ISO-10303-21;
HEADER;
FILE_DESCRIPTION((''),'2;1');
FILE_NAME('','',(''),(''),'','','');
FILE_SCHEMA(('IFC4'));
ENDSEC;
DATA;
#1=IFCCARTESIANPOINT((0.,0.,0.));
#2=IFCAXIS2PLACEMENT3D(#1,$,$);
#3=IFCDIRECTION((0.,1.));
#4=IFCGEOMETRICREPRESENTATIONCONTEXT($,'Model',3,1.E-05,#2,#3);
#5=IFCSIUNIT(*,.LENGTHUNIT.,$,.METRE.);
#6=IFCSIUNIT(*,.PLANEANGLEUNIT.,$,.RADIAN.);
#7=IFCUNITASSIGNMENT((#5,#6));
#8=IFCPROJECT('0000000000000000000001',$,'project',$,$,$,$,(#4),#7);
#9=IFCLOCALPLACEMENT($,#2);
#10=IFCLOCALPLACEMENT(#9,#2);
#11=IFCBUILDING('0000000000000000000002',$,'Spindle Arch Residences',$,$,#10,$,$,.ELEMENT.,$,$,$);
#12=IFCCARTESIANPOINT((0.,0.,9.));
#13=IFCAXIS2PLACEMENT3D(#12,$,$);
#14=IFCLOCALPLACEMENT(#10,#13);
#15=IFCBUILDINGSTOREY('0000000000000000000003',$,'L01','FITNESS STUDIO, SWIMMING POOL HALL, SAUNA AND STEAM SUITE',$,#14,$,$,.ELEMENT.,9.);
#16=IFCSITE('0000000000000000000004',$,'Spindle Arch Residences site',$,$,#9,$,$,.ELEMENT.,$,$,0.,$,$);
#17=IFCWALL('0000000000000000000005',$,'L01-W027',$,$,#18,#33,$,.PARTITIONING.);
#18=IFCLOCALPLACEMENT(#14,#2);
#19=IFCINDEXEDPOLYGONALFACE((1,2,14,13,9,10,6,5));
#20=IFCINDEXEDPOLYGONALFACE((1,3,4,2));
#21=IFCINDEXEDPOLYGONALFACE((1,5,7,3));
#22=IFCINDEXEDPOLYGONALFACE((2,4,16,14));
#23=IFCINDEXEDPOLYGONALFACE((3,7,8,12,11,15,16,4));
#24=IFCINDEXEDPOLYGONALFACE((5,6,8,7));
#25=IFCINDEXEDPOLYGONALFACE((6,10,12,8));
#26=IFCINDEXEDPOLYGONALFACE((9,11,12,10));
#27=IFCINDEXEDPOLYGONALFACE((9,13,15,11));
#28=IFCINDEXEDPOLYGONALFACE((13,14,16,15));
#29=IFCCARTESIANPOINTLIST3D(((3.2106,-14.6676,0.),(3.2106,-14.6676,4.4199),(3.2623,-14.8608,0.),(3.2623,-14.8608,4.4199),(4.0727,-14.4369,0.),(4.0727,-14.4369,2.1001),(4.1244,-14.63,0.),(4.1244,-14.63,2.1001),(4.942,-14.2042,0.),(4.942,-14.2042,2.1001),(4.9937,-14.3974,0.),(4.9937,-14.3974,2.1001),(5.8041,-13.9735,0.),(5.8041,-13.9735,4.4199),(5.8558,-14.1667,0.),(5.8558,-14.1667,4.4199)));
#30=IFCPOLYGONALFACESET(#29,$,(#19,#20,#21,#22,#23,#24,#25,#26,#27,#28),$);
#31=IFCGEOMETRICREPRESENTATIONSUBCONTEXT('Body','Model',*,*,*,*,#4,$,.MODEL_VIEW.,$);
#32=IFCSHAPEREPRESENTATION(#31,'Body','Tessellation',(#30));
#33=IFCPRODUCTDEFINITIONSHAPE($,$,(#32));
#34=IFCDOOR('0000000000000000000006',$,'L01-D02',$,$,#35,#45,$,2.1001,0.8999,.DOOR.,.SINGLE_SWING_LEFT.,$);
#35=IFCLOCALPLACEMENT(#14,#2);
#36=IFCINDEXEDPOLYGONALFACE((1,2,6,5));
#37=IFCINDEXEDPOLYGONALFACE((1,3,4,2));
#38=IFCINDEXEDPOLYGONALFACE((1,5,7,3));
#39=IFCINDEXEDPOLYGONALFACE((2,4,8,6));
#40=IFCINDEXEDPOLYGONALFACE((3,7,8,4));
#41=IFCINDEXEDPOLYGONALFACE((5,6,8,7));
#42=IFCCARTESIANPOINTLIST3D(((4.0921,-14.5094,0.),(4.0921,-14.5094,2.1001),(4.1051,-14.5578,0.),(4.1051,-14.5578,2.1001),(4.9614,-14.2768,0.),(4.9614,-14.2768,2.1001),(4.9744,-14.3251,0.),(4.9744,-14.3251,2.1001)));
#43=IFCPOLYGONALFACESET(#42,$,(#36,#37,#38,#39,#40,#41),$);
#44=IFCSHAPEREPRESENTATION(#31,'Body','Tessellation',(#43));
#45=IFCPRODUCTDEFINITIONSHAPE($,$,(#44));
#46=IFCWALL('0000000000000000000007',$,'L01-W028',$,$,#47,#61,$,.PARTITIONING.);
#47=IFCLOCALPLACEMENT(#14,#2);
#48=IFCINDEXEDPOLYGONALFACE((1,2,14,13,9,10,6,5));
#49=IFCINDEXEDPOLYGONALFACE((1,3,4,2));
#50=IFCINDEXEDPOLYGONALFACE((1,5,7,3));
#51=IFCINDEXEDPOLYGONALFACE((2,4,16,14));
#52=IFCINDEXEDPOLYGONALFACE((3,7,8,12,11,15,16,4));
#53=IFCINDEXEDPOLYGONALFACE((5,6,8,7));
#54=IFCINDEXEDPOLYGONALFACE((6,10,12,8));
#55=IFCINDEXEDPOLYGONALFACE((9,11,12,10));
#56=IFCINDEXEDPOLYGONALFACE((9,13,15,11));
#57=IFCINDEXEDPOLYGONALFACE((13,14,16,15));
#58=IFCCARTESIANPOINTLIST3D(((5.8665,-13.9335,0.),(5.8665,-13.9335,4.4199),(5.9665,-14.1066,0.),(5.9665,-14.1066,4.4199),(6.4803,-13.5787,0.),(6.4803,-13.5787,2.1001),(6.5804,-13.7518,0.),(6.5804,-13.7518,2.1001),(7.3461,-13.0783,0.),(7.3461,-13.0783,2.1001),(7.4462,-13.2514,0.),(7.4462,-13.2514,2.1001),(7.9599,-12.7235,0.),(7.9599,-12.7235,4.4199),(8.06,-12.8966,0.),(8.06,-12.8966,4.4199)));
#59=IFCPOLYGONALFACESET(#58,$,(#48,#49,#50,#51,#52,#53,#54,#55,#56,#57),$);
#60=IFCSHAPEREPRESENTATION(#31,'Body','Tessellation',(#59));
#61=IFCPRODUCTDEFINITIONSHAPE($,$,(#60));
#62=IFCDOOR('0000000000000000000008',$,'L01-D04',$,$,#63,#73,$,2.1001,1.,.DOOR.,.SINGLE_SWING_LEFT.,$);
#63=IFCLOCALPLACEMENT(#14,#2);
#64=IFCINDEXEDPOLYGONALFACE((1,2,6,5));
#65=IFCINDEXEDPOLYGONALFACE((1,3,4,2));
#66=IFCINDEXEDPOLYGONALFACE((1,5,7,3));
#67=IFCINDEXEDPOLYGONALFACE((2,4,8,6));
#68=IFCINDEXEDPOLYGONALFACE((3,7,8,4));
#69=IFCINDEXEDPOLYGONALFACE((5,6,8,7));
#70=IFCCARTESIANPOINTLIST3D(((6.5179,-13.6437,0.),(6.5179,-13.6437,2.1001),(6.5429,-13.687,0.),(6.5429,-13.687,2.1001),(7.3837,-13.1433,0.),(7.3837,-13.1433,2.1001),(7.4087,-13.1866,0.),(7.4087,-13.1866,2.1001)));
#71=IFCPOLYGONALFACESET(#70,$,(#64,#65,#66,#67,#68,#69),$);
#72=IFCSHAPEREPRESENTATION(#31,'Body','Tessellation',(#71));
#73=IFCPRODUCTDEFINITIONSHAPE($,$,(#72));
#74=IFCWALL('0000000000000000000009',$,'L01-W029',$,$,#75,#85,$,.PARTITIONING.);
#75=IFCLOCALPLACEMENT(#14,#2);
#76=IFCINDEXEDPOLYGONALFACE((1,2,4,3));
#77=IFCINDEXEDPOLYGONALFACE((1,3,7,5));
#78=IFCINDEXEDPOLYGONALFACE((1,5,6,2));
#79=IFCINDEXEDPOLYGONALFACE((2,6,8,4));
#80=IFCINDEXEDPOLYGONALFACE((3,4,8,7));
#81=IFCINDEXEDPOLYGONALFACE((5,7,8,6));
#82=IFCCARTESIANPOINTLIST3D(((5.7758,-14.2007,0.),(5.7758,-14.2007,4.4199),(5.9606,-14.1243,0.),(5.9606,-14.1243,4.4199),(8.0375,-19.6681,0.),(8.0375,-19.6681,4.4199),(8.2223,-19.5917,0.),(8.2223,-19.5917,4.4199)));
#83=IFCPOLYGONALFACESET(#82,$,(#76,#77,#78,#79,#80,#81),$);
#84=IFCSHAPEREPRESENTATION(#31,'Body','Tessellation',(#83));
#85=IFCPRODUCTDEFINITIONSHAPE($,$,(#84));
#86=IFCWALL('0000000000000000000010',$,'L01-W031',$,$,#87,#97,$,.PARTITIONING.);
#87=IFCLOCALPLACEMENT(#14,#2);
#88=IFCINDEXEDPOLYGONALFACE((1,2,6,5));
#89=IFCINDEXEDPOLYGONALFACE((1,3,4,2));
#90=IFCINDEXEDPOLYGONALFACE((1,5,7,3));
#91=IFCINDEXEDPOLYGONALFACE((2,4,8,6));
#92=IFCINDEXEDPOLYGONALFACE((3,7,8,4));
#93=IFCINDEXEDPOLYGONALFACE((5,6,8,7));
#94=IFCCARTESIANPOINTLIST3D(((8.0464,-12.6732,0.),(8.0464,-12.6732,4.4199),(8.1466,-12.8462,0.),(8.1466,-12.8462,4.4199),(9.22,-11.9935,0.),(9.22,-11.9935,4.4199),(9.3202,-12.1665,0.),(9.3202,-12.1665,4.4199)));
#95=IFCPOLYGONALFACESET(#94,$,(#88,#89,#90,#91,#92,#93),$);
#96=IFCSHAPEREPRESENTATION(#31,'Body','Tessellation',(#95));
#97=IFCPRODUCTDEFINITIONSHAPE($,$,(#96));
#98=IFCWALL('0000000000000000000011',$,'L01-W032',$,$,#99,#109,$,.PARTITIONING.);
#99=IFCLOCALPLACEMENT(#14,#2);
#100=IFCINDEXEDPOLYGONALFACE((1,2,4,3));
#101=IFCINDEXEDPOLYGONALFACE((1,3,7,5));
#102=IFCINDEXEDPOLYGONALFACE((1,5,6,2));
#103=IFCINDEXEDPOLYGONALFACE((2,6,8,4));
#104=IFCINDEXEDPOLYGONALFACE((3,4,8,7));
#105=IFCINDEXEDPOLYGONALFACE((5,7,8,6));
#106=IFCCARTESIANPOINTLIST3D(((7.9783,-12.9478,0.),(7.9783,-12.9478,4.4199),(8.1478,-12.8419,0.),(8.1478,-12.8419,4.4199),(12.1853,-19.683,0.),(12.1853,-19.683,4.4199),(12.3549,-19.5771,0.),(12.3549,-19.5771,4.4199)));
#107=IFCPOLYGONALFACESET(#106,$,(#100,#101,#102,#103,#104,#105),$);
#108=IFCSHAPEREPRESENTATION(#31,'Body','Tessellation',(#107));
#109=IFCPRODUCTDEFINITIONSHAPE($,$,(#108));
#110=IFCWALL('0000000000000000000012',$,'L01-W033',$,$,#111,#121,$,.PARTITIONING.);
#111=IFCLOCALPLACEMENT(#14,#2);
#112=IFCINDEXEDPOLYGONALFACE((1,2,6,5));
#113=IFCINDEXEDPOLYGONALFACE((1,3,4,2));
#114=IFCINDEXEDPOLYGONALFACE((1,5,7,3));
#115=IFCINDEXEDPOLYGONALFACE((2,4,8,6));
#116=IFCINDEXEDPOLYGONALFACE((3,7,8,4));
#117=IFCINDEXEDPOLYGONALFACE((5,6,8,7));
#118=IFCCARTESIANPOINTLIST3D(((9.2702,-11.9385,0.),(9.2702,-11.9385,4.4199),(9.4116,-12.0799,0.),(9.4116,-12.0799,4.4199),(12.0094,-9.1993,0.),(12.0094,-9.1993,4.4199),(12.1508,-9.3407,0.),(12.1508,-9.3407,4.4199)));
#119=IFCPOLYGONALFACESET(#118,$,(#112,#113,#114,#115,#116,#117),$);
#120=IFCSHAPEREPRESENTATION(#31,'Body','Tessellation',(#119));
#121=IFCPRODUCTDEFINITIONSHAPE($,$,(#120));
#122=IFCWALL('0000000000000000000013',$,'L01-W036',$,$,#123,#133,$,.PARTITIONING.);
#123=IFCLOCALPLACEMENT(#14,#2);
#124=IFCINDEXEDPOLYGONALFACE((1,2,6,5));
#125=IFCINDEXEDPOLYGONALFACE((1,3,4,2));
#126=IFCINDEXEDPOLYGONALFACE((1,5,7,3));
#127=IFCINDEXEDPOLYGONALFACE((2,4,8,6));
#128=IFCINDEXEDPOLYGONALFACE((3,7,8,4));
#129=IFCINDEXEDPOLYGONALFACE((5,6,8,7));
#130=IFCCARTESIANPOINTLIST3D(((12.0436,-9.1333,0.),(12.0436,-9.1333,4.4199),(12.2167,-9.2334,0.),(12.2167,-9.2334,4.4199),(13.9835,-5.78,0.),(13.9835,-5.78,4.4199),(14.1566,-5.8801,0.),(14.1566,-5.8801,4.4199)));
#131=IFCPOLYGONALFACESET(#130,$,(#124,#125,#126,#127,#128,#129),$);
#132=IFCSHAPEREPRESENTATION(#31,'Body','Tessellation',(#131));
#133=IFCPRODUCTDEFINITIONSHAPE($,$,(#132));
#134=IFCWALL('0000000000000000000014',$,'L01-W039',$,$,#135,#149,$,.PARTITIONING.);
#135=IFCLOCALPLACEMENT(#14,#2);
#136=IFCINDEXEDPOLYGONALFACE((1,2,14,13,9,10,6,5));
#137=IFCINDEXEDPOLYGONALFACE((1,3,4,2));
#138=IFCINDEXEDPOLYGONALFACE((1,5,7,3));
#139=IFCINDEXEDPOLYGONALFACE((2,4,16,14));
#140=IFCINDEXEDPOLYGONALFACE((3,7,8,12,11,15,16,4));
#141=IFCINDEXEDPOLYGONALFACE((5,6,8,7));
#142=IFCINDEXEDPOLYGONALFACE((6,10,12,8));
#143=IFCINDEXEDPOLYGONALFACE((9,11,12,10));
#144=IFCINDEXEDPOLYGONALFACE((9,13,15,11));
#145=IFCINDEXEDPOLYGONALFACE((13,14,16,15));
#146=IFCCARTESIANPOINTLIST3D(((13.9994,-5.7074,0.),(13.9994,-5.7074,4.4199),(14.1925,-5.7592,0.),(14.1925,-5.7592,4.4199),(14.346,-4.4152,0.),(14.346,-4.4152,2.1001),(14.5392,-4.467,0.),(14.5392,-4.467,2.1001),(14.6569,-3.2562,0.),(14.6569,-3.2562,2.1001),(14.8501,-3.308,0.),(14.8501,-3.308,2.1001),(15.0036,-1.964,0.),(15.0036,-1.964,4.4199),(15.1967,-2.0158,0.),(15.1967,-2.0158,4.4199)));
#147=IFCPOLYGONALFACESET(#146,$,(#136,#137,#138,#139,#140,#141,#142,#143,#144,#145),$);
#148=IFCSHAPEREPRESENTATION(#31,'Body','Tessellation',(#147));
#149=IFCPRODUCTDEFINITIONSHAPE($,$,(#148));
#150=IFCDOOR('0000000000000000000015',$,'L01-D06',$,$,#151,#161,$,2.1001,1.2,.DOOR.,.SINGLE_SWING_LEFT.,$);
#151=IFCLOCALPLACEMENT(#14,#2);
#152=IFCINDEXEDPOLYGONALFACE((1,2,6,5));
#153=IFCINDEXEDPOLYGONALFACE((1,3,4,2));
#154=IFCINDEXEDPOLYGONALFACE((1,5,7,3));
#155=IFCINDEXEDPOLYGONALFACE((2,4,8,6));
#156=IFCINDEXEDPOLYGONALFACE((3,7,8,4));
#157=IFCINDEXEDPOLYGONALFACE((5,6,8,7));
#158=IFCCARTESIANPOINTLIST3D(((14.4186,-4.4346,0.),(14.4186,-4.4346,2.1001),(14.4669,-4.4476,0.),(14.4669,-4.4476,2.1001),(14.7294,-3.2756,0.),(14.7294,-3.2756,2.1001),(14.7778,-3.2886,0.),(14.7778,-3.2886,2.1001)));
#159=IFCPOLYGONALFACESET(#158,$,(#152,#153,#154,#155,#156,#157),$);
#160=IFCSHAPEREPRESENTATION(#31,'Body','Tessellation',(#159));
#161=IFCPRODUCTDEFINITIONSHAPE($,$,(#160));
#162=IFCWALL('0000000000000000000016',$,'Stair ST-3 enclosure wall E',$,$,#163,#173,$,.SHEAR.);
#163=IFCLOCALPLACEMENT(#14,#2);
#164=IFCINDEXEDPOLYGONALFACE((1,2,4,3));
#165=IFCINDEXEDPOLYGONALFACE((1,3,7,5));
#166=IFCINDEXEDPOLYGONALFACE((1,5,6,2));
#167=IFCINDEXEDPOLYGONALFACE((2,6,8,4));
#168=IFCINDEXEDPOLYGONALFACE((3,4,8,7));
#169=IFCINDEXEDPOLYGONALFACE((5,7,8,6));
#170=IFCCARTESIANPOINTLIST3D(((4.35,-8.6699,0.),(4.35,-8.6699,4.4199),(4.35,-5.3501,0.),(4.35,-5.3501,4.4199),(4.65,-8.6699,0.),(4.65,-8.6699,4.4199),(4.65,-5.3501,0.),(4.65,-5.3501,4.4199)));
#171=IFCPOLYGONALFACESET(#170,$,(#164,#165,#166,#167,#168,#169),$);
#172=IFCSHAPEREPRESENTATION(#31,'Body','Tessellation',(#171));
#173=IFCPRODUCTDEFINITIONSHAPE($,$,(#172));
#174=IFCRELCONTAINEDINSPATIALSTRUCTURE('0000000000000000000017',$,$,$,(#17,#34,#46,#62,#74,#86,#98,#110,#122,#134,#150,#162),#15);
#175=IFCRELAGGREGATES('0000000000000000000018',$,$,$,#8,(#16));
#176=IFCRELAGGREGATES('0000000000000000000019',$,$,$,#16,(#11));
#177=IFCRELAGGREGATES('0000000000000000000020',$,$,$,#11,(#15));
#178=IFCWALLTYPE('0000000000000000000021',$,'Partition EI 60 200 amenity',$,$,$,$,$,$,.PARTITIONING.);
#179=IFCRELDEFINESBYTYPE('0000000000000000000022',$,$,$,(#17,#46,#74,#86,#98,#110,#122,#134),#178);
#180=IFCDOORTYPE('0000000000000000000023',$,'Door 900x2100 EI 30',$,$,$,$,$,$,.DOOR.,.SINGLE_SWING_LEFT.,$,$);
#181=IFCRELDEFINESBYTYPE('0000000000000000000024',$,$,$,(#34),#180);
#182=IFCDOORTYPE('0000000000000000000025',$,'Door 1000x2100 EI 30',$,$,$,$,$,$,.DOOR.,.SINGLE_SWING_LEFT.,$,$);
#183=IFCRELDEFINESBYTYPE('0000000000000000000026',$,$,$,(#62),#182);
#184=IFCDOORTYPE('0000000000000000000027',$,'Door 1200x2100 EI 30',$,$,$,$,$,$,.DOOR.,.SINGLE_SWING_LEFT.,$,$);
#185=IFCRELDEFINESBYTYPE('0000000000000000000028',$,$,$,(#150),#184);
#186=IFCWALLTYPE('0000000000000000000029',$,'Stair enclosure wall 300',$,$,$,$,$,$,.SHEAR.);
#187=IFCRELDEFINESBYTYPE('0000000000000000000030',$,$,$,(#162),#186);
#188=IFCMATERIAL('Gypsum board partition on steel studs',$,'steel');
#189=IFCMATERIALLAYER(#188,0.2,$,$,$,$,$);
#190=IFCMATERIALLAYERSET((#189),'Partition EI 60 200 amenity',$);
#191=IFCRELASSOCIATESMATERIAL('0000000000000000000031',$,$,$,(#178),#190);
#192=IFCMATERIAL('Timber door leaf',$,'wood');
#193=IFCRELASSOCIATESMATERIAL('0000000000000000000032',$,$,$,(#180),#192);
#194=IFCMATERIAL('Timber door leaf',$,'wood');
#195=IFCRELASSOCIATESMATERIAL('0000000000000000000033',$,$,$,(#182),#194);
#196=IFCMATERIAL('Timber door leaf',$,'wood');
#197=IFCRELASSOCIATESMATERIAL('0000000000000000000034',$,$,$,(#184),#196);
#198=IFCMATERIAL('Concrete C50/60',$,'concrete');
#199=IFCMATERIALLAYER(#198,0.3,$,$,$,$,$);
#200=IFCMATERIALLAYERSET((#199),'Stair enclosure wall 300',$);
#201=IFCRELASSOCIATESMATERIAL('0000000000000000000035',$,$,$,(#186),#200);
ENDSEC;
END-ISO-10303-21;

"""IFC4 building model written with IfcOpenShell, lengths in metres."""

from ifc_helpers import new_model, si_unit, direction, frame, frame_2d, origin, place, context, subcontext, project, spatial, rectangle, extrude, material, layer, layer_set, type_object, element, fill, save


model = new_model("IFC4")

# Units and contexts
model_context = context("Model", 3, precision=1e-05, world=origin(), true_north=direction((0.0, 1.0)))
body_context = subcontext(model_context, "Body", "Model", "MODEL_VIEW")
ifc_project = project(units=[si_unit("LENGTHUNIT", "METRE"), si_unit("PLANEANGLEUNIT", "RADIAN")], contexts=[model_context])

# Site, building, storey
site_placement = place(None, origin())
site = spatial("IfcSite", under=ifc_project, at=site_placement, Name="Spindle Arch Residences site", CompositionType="ELEMENT", RefElevation=0.0)
building_placement = place(site_placement, origin())
building = spatial("IfcBuilding", under=site, at=building_placement, Name="Spindle Arch Residences", CompositionType="ELEMENT")
storey_placement = place(building_placement, frame((0.0, 0.0, 9.0)))
storey = spatial("IfcBuildingStorey", under=building, at=storey_placement, Name="L01", Description="FITNESS STUDIO, SWIMMING POOL HALL, SAUNA AND STEAM SUITE", CompositionType="ELEMENT", Elevation=9.0)

# Walls, openings, doors
ifc_material_1 = material(Name="Gypsum board partition on steel studs", Category="steel")
ifc_layer_1 = layer(ifc_material_1, 0.2)
ifc_layer_set_1 = layer_set([ifc_layer_1], Name="Partition EI 60 200 amenity")
wall_type_1 = type_object("IfcWallType", Name="Partition EI 60 200 amenity", PredefinedType="PARTITIONING", material=ifc_layer_set_1)
wall_1_placement = place(storey_placement, frame((3.2366, -14.7642, 0.0), z_axis=(0.0, 0.0, 1.0), x_axis=(0.966004, 0.258529, 0.0)))
wall_1 = element("IfcWall", 1, at=wall_1_placement, inside=storey, type_object=wall_type_1, Name="L01-W027", PredefinedType="PARTITIONING", context=body_context, shape_type="SweptSolid", body=[
    extrude(rectangle(XDim=2.6848, YDim=0.2, at=frame_2d((1.3423, 0.0))), origin(), (0.0, 0.0, 1.0), 4.4199),
])
opening_1_placement = place(wall_1_placement, frame((0.8923, 0.0, 0.0)))
opening_1 = element("IfcOpeningElement", 2, at=opening_1_placement, cuts=wall_1, PredefinedType="OPENING", context=body_context, shape_type="SweptSolid", body=[
    extrude(rectangle(XDim=0.8999, YDim=2.1001, at=frame_2d((0.45, 1.05))), frame((0.0, 0.1099, 0.0), z_axis=(0.0, -1.0, 0.0), x_axis=(1.0, 0.0, 0.0)), (0.0, 0.0, 1.0), 0.22),
])
ifc_material_2 = material(Name="Timber door leaf", Category="wood")
door_type_1 = type_object("IfcDoorType", Name="Door 900x2100 EI 30", OperationType="SINGLE_SWING_LEFT", PredefinedType="DOOR", material=ifc_material_2)
door_1_placement = place(opening_1_placement, origin())
door_1 = element("IfcDoor", 3, at=door_1_placement, inside=storey, type_object=door_type_1, Name="L01-D02", OperationType="SINGLE_SWING_LEFT", OverallHeight=2.1001, OverallWidth=0.8999, PredefinedType="DOOR", context=body_context, shape_type="SweptSolid", body=[
    extrude(rectangle(XDim=0.8999, YDim=2.1001, at=frame_2d((0.45, 1.05))), frame((0.0, 0.0249, 0.0), z_axis=(0.0, -1.0, 0.0), x_axis=(1.0, 0.0, 0.0)), (0.0, 0.0, 1.0), 0.05),
])
fill(opening_1, door_1)
wall_2_placement = place(storey_placement, frame((5.9165, -14.02, 0.0), z_axis=(0.0, 0.0, 1.0), x_axis=(0.865797, 0.500395, 0.0)))
wall_2 = element("IfcWall", 4, at=wall_2_placement, inside=storey, type_object=wall_type_1, Name="L01-W028", PredefinedType="PARTITIONING", context=body_context, shape_type="SweptSolid", body=[
    extrude(rectangle(XDim=2.418, YDim=0.2, at=frame_2d((1.209, 0.0))), origin(), (0.0, 0.0, 1.0), 4.4199),
])
opening_2_placement = place(wall_2_placement, frame((0.709, 0.0, 0.0)))
opening_2 = element("IfcOpeningElement", 5, at=opening_2_placement, cuts=wall_2, PredefinedType="OPENING", context=body_context, shape_type="SweptSolid", body=[
    extrude(rectangle(XDim=1.0, YDim=2.1001, at=frame_2d((0.5, 1.05))), frame((0.0, 0.1099, 0.0), z_axis=(0.0, -1.0, 0.0), x_axis=(1.0, 0.0, 0.0)), (0.0, 0.0, 1.0), 0.22),
])
ifc_material_3 = material(Name="Timber door leaf", Category="wood")
door_type_2 = type_object("IfcDoorType", Name="Door 1000x2100 EI 30", OperationType="SINGLE_SWING_LEFT", PredefinedType="DOOR", material=ifc_material_3)
door_2_placement = place(opening_2_placement, origin())
door_2 = element("IfcDoor", 6, at=door_2_placement, inside=storey, type_object=door_type_2, Name="L01-D04", OperationType="SINGLE_SWING_LEFT", OverallHeight=2.1001, OverallWidth=1.0, PredefinedType="DOOR", context=body_context, shape_type="SweptSolid", body=[
    extrude(rectangle(XDim=1.0, YDim=2.1001, at=frame_2d((0.5, 1.05))), frame((0.0, 0.0249, 0.0), z_axis=(0.0, -1.0, 0.0), x_axis=(1.0, 0.0, 0.0)), (0.0, 0.0, 1.0), 0.05),
])
fill(opening_2, door_2)

# Walls
wall_3_placement = place(storey_placement, frame((5.8682, -14.1624, 0.0), z_axis=(0.0, 0.0, 1.0), x_axis=(0.38225, -0.924059, 0.0)))
element("IfcWall", 7, at=wall_3_placement, inside=storey, type_object=wall_type_1, Name="L01-W029", PredefinedType="PARTITIONING", context=body_context, shape_type="SweptSolid", body=[
    extrude(rectangle(XDim=5.9167, YDim=0.2, at=frame_2d((2.9585, 0.0))), origin(), (0.0, 0.0, 1.0), 4.4199),
])
wall_4_placement = place(storey_placement, frame((8.0964, -12.7598, 0.0), z_axis=(0.0, 0.0, 1.0), x_axis=(0.865348, 0.501171, 0.0)))
element("IfcWall", 8, at=wall_4_placement, inside=storey, type_object=wall_type_1, Name="L01-W031", PredefinedType="PARTITIONING", context=body_context, shape_type="SweptSolid", body=[
    extrude(rectangle(XDim=1.3562, YDim=0.2, at=frame_2d((0.6782, 0.0))), origin(), (0.0, 0.0, 1.0), 4.4199),
])
wall_5_placement = place(storey_placement, frame((8.063, -12.8948, 0.0), z_axis=(0.0, 0.0, 1.0), x_axis=(0.529781, -0.848135, 0.0)))
element("IfcWall", 9, at=wall_5_placement, inside=storey, type_object=wall_type_1, Name="L01-W032", PredefinedType="PARTITIONING", context=body_context, shape_type="SweptSolid", body=[
    extrude(rectangle(XDim=7.9412, YDim=0.2, at=frame_2d((3.9707, 0.0))), origin(), (0.0, 0.0, 1.0), 4.4199),
])
wall_6_placement = place(storey_placement, frame((9.3408, -12.0093, 0.0), z_axis=(0.0, 0.0, 1.0), x_axis=(0.707107, 0.707107, 0.0)))
element("IfcWall", 10, at=wall_6_placement, inside=storey, type_object=wall_type_1, Name="L01-W033", PredefinedType="PARTITIONING", context=body_context, shape_type="SweptSolid", body=[
    extrude(rectangle(XDim=3.8738, YDim=0.2, at=frame_2d((1.937, 0.0))), origin(), (0.0, 0.0, 1.0), 4.4199),
])
wall_7_placement = place(storey_placement, frame((12.1301, -9.1833, 0.0), z_axis=(0.0, 0.0, 1.0), x_axis=(0.50076, 0.865586, 0.0)))
element("IfcWall", 11, at=wall_7_placement, inside=storey, type_object=wall_type_1, Name="L01-W036", PredefinedType="PARTITIONING", context=body_context, shape_type="SweptSolid", body=[
    extrude(rectangle(XDim=3.874, YDim=0.2, at=frame_2d((1.937, 0.0))), origin(), (0.0, 0.0, 1.0), 4.4199),
])

# Wall, opening, door
wall_8_placement = place(storey_placement, frame((14.0959, -5.7334, 0.0), z_axis=(0.0, 0.0, 1.0), x_axis=(0.259086, 0.965854, 0.0)))
wall_8 = element("IfcWall", 12, at=wall_8_placement, inside=storey, type_object=wall_type_1, Name="L01-W039", PredefinedType="PARTITIONING", context=body_context, shape_type="SweptSolid", body=[
    extrude(rectangle(XDim=3.8757, YDim=0.2, at=frame_2d((1.938, 0.0))), origin(), (0.0, 0.0, 1.0), 4.4199),
])
opening_3_placement = place(wall_8_placement, frame((1.3379, 0.0, 0.0)))
opening_3 = element("IfcOpeningElement", 13, at=opening_3_placement, cuts=wall_8, PredefinedType="OPENING", context=body_context, shape_type="SweptSolid", body=[
    extrude(rectangle(XDim=1.2, YDim=2.1001, at=frame_2d((0.6001, 1.05))), frame((0.0, 0.1099, 0.0), z_axis=(0.0, -1.0, 0.0), x_axis=(1.0, 0.0, 0.0)), (0.0, 0.0, 1.0), 0.22),
])
ifc_material_4 = material(Name="Timber door leaf", Category="wood")
door_type_3 = type_object("IfcDoorType", Name="Door 1200x2100 EI 30", OperationType="SINGLE_SWING_LEFT", PredefinedType="DOOR", material=ifc_material_4)
door_3_placement = place(opening_3_placement, origin())
door_3 = element("IfcDoor", 14, at=door_3_placement, inside=storey, type_object=door_type_3, Name="L01-D06", OperationType="SINGLE_SWING_LEFT", OverallHeight=2.1001, OverallWidth=1.2, PredefinedType="DOOR", context=body_context, shape_type="SweptSolid", body=[
    extrude(rectangle(XDim=1.2, YDim=2.1001, at=frame_2d((0.6001, 1.05))), frame((0.0, 0.0249, 0.0), z_axis=(0.0, -1.0, 0.0), x_axis=(1.0, 0.0, 0.0)), (0.0, 0.0, 1.0), 0.05),
])
fill(opening_3, door_3)

# Wall
ifc_material_5 = material(Name="Concrete C50/60", Category="concrete")
ifc_layer_2 = layer(ifc_material_5, 0.3)
ifc_layer_set_2 = layer_set([ifc_layer_2], Name="Stair enclosure wall 300")
wall_type_2 = type_object("IfcWallType", Name="Stair enclosure wall 300", PredefinedType="SHEAR", material=ifc_layer_set_2)
wall_9_placement = place(storey_placement, frame((4.5, -8.6699, 0.0), z_axis=(0.0, 0.0, 1.0), x_axis=(0.0, 1.0, 0.0)))
element("IfcWall", 15, at=wall_9_placement, inside=storey, type_object=wall_type_2, Name="Stair ST-3 enclosure wall E", PredefinedType="SHEAR", context=body_context, shape_type="SweptSolid", body=[
    extrude(rectangle(XDim=3.3198, YDim=0.3, at=frame_2d((1.6599, 0.0))), origin(), (0.0, 0.0, 1.0), 4.4199),
])

save(model, "model.ifc")
